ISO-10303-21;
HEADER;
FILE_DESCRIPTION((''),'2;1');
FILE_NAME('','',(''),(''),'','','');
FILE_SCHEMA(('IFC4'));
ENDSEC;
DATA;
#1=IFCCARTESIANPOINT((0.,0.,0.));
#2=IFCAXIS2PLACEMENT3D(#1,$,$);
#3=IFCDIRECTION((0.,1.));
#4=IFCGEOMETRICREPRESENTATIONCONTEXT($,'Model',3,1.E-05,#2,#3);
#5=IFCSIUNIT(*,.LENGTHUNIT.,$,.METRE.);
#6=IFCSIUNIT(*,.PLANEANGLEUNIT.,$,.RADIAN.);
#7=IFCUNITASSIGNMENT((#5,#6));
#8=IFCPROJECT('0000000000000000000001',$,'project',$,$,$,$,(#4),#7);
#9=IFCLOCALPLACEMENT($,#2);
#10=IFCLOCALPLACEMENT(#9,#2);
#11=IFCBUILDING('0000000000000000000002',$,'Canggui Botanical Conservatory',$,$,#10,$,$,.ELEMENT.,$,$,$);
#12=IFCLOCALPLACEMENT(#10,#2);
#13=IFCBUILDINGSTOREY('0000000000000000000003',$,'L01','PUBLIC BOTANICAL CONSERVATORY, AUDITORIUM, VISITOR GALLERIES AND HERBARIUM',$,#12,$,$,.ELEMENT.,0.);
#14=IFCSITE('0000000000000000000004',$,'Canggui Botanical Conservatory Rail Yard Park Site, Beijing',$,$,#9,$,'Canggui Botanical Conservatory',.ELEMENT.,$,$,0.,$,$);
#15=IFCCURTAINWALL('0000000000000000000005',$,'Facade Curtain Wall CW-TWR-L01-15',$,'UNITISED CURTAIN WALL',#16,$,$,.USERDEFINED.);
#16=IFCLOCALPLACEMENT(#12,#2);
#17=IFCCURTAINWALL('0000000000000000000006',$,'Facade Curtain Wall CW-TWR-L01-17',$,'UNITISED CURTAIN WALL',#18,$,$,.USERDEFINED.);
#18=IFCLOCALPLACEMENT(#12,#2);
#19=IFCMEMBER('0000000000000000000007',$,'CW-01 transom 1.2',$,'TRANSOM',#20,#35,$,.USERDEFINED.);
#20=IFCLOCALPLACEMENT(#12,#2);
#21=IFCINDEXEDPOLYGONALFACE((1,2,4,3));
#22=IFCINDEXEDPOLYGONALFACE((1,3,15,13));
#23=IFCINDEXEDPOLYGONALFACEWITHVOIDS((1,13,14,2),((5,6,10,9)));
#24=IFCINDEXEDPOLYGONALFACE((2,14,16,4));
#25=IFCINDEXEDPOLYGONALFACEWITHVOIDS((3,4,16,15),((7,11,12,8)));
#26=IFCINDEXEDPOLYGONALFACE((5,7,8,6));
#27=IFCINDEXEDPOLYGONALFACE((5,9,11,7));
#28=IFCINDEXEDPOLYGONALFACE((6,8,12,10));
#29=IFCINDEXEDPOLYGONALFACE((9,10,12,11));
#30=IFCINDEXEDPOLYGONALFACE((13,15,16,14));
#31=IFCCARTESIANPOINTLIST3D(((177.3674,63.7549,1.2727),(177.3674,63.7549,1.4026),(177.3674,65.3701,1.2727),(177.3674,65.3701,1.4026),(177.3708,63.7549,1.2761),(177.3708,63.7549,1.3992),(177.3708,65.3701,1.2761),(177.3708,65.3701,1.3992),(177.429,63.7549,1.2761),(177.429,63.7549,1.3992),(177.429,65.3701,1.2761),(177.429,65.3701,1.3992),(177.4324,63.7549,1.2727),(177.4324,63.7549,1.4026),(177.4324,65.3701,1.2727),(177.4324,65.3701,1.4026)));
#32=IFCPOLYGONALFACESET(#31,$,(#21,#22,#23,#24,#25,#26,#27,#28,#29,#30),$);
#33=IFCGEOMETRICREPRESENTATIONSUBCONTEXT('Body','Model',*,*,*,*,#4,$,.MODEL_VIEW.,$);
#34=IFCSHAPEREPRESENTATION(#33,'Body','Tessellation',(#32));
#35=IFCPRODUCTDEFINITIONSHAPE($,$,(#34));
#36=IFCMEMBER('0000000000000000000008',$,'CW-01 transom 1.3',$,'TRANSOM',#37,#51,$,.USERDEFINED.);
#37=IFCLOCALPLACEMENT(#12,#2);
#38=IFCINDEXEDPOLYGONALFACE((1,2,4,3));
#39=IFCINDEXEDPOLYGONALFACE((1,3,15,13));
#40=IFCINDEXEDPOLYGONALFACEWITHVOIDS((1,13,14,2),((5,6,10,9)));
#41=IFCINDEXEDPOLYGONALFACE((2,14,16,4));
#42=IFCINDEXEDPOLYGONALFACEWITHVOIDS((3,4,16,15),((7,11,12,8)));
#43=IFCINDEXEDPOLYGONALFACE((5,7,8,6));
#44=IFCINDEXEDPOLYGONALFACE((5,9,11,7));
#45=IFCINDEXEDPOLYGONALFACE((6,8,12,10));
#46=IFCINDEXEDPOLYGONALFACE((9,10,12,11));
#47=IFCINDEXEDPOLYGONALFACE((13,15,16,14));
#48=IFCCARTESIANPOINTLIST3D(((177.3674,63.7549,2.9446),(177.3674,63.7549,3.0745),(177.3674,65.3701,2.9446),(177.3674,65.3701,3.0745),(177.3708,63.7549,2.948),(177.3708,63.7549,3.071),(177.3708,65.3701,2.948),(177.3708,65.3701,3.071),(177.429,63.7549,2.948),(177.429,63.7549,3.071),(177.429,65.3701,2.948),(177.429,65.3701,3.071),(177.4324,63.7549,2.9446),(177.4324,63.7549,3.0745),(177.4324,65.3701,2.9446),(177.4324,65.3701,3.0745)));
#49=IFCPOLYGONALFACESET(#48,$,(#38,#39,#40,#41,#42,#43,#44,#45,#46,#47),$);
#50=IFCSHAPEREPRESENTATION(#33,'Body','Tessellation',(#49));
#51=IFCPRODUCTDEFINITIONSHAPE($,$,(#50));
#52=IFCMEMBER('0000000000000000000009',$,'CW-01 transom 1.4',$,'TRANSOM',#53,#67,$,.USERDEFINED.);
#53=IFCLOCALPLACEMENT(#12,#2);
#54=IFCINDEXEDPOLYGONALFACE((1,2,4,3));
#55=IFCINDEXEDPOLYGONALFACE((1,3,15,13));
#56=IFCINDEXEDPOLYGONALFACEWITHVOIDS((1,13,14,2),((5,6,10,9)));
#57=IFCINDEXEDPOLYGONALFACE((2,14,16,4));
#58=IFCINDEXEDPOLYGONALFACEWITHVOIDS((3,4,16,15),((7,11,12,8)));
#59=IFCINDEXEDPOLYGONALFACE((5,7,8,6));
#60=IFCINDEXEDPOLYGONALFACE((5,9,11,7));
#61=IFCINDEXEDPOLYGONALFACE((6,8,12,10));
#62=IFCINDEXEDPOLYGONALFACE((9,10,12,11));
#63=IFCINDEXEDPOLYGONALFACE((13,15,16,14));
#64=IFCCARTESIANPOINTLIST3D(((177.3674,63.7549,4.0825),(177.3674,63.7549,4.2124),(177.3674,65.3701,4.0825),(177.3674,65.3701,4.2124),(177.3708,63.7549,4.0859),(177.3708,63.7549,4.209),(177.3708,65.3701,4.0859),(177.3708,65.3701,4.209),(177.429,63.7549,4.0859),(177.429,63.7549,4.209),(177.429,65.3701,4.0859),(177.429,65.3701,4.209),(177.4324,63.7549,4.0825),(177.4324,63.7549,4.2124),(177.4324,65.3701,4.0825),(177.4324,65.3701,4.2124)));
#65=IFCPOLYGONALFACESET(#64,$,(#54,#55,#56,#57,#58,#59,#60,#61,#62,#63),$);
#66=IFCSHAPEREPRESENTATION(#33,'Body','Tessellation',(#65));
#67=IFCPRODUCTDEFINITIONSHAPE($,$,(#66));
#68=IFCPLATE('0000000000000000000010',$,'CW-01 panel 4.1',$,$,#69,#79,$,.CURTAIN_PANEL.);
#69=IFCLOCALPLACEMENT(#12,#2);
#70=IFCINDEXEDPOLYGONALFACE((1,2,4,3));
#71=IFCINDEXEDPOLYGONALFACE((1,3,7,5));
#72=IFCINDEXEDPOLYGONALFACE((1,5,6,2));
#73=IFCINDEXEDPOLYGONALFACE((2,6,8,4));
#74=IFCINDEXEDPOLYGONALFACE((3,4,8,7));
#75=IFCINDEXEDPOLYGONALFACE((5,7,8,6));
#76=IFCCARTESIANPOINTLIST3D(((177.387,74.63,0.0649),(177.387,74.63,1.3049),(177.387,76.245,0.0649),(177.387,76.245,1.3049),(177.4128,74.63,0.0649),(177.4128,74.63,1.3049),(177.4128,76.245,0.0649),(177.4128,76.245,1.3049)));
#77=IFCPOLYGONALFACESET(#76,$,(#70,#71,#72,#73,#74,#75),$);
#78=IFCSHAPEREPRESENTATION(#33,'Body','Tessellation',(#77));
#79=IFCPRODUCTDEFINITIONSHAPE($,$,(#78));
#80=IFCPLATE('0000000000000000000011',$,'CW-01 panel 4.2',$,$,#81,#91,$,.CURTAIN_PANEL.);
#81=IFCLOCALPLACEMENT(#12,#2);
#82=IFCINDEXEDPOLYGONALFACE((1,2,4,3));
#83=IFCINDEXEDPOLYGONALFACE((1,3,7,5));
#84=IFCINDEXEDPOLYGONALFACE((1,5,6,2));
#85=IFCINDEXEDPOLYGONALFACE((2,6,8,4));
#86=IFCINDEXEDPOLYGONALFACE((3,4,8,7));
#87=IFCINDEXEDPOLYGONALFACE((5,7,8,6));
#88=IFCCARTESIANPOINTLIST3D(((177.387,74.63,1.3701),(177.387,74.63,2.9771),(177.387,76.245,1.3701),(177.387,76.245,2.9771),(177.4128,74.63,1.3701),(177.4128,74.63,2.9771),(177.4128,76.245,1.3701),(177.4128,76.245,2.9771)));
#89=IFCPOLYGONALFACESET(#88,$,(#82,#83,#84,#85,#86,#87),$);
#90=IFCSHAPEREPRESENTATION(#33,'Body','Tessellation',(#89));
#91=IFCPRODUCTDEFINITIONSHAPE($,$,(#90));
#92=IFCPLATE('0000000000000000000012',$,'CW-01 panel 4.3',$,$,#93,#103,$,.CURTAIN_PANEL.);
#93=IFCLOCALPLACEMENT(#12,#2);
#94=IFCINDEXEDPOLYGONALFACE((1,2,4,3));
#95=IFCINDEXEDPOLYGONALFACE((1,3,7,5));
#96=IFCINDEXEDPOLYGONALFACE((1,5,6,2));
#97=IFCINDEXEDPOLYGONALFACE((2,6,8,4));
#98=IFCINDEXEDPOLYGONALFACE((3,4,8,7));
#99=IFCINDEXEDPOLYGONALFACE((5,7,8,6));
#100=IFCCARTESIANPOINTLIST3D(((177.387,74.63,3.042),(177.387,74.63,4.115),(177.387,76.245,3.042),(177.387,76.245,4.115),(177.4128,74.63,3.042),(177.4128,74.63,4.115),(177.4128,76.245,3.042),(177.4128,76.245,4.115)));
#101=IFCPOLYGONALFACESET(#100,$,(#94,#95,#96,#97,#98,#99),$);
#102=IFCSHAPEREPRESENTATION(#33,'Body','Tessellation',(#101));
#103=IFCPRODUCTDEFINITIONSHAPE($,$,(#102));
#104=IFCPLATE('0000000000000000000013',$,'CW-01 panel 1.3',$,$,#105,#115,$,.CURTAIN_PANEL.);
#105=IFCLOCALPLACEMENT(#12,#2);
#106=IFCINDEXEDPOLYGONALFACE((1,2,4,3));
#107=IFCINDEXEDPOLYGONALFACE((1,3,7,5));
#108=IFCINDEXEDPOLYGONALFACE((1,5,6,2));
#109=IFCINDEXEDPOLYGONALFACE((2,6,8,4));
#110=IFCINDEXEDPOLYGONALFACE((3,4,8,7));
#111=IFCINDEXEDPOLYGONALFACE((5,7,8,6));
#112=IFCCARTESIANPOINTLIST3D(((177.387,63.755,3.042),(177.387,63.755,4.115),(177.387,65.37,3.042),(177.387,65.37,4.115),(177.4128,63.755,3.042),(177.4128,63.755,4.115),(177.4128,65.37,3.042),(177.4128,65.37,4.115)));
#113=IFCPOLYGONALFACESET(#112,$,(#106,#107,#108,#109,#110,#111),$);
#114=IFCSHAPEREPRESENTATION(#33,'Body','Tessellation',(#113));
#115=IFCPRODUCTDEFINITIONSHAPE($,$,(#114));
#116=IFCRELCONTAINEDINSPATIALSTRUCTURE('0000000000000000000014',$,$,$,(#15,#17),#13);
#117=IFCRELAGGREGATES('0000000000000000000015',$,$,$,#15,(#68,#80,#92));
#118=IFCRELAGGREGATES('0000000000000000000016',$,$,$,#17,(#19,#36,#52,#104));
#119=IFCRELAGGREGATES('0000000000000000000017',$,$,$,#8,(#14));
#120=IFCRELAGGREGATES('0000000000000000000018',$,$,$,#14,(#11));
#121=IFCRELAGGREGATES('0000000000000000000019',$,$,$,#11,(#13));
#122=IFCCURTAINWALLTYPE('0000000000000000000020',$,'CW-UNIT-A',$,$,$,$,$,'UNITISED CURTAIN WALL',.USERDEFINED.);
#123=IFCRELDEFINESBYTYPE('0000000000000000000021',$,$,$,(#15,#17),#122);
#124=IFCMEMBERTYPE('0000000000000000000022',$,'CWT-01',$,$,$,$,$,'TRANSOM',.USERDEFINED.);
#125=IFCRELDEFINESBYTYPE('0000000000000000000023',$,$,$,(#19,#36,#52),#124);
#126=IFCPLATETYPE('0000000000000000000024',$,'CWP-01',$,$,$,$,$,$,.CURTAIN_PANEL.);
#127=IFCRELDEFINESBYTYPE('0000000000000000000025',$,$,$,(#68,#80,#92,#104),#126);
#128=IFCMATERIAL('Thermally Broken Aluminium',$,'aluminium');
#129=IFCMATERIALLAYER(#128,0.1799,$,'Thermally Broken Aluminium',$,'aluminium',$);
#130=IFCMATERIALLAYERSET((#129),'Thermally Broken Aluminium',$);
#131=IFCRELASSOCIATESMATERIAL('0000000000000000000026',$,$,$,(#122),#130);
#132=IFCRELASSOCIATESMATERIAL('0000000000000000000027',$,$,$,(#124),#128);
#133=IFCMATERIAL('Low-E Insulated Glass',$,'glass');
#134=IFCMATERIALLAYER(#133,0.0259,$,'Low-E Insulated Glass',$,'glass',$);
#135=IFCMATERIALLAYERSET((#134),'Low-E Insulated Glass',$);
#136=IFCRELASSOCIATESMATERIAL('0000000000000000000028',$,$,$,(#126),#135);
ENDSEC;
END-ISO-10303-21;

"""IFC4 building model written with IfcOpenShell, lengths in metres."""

from ifc_helpers import new_model, si_unit, direction, frame, origin, origin_2d, place, context, subcontext, project, spatial, rectangle, hollow_rectangle, extrude, material, layer, layer_set, material_profile, profile_set, type_object, element, aggregate, save


model = new_model("IFC4")

# Units and contexts
model_context = context("Model", 3, precision=1e-05, world=origin(), true_north=direction((0.0, 1.0)))
body_context = subcontext(model_context, "Body", "Model", "MODEL_VIEW")
ifc_project = project(units=[si_unit("LENGTHUNIT", "METRE"), si_unit("PLANEANGLEUNIT", "RADIAN")], contexts=[model_context])

# Site, building, storey
site_placement = place(None, origin())
site = spatial("IfcSite", under=ifc_project, at=site_placement, Name="Canggui Botanical Conservatory Rail Yard Park Site, Beijing", LongName="Canggui Botanical Conservatory", CompositionType="ELEMENT", RefElevation=0.0)
building_placement = place(site_placement, origin())
building = spatial("IfcBuilding", under=site, at=building_placement, Name="Canggui Botanical Conservatory", CompositionType="ELEMENT")
storey_placement = place(building_placement, origin())
storey = spatial("IfcBuildingStorey", under=building, at=storey_placement, Name="L01", Description="PUBLIC BOTANICAL CONSERVATORY, AUDITORIUM, VISITOR GALLERIES AND HERBARIUM", CompositionType="ELEMENT", Elevation=0.0)

# Curtain wall
ifc_material_1 = material(Name="Thermally Broken Aluminium", Category="aluminium")
ifc_layer_1 = layer(ifc_material_1, 0.1799, Name="Thermally Broken Aluminium", Category="aluminium")
ifc_layer_set_1 = layer_set([ifc_layer_1], Name="Thermally Broken Aluminium")
curtain_wall_type = type_object("IfcCurtainWallType", Name="CW-UNIT-A", ElementType="UNITISED CURTAIN WALL", PredefinedType="USERDEFINED", material=ifc_layer_set_1)
curtain_wall_1_placement = place(storey_placement, origin())
curtain_wall_1 = element("IfcCurtainWall", 1, at=curtain_wall_1_placement, inside=storey, type_object=curtain_wall_type, Name="Facade Curtain Wall CW-TWR-L01-15", ObjectType="UNITISED CURTAIN WALL", PredefinedType="USERDEFINED")

# Curtain wall
curtain_wall_2_placement = place(storey_placement, origin())
curtain_wall_2 = element("IfcCurtainWall", 2, at=curtain_wall_2_placement, inside=storey, type_object=curtain_wall_type, Name="Facade Curtain Wall CW-TWR-L01-17", ObjectType="UNITISED CURTAIN WALL", PredefinedType="USERDEFINED")

# Members
ifc_material_profile_1 = material_profile(ifc_material_1, hollow_rectangle(XDim=0.0649, YDim=0.1299, WallThickness=0.0034, at=origin_2d()), Name="CWT 65x130x3.5")
ifc_profile_set_1 = profile_set([ifc_material_profile_1], Name="Thermally Broken Aluminium")
member_type_1 = type_object("IfcMemberType", Name="CWT-01", ElementType="TRANSOM", PredefinedType="USERDEFINED", material=ifc_profile_set_1)
member_1_placement = place(storey_placement, frame((177.3999, 65.3701, 1.3376), z_axis=(0.0, -1.0, 0.0), x_axis=(1.0, 0.0, 0.0)))
member_1 = element("IfcMember", 3, at=member_1_placement, type_object=member_type_1, Name="CW-01 transom 1.2", ObjectType="TRANSOM", PredefinedType="USERDEFINED", context=body_context, shape_type="SweptSolid", body=[
    extrude(hollow_rectangle(XDim=0.0649, YDim=0.1299, WallThickness=0.0034, at=origin_2d()), origin(), (0.0, 0.0, 1.0), 1.6152),
])
member_2_placement = place(storey_placement, frame((177.3999, 65.3701, 3.0095), z_axis=(0.0, -1.0, 0.0), x_axis=(1.0, 0.0, 0.0)))
member_2 = element("IfcMember", 4, at=member_2_placement, type_object=member_type_1, Name="CW-01 transom 1.3", ObjectType="TRANSOM", PredefinedType="USERDEFINED", context=body_context, shape_type="SweptSolid", body=[
    extrude(hollow_rectangle(XDim=0.0649, YDim=0.1299, WallThickness=0.0034, at=origin_2d()), origin(), (0.0, 0.0, 1.0), 1.6152),
])
member_3_placement = place(storey_placement, frame((177.3999, 65.3701, 4.1475), z_axis=(0.0, -1.0, 0.0), x_axis=(1.0, 0.0, 0.0)))
member_3 = element("IfcMember", 5, at=member_3_placement, type_object=member_type_1, Name="CW-01 transom 1.4", ObjectType="TRANSOM", PredefinedType="USERDEFINED", context=body_context, shape_type="SweptSolid", body=[
    extrude(hollow_rectangle(XDim=0.0649, YDim=0.1299, WallThickness=0.0034, at=origin_2d()), origin(), (0.0, 0.0, 1.0), 1.6152),
])

# Plates
ifc_material_2 = material(Name="Low-E Insulated Glass", Category="glass")
ifc_layer_2 = layer(ifc_material_2, 0.0259, Name="Low-E Insulated Glass", Category="glass")
ifc_layer_set_2 = layer_set([ifc_layer_2], Name="Low-E Insulated Glass")
plate_type = type_object("IfcPlateType", Name="CWP-01", PredefinedType="CURTAIN_PANEL", material=ifc_layer_set_2)
plate_1_placement = place(storey_placement, frame((177.3999, 75.4375, 0.0649), z_axis=(0.0, 0.0, 1.0), x_axis=(0.0, -1.0, 0.0)))
plate_1 = element("IfcPlate", 6, at=plate_1_placement, type_object=plate_type, Name="CW-01 panel 4.1", PredefinedType="CURTAIN_PANEL", context=body_context, shape_type="SweptSolid", body=[
    extrude(rectangle(XDim=1.615, YDim=0.0259, at=origin_2d()), origin(), (0.0, 0.0, 1.0), 1.24),
])
plate_2_placement = place(storey_placement, frame((177.3999, 75.4375, 1.3701), z_axis=(0.0, 0.0, 1.0), x_axis=(0.0, -1.0, 0.0)))
plate_2 = element("IfcPlate", 7, at=plate_2_placement, type_object=plate_type, Name="CW-01 panel 4.2", PredefinedType="CURTAIN_PANEL", context=body_context, shape_type="SweptSolid", body=[
    extrude(rectangle(XDim=1.615, YDim=0.0259, at=origin_2d()), origin(), (0.0, 0.0, 1.0), 1.6069),
])
plate_3_placement = place(storey_placement, frame((177.3999, 75.4375, 3.042), z_axis=(0.0, 0.0, 1.0), x_axis=(0.0, -1.0, 0.0)))
plate_3 = element("IfcPlate", 8, at=plate_3_placement, type_object=plate_type, Name="CW-01 panel 4.3", PredefinedType="CURTAIN_PANEL", context=body_context, shape_type="SweptSolid", body=[
    extrude(rectangle(XDim=1.615, YDim=0.0259, at=origin_2d()), origin(), (0.0, 0.0, 1.0), 1.073),
])
aggregate(curtain_wall_1, [plate_1, plate_2, plate_3])
plate_4_placement = place(storey_placement, frame((177.3999, 64.5625, 3.042), z_axis=(0.0, 0.0, 1.0), x_axis=(0.0, -1.0, 0.0)))
plate_4 = element("IfcPlate", 9, at=plate_4_placement, type_object=plate_type, Name="CW-01 panel 1.3", PredefinedType="CURTAIN_PANEL", context=body_context, shape_type="SweptSolid", body=[
    extrude(rectangle(XDim=1.615, YDim=0.0259, at=origin_2d()), origin(), (0.0, 0.0, 1.0), 1.073),
])
aggregate(curtain_wall_2, [member_1, member_2, member_3, plate_4])

save(model, "model.ifc")
